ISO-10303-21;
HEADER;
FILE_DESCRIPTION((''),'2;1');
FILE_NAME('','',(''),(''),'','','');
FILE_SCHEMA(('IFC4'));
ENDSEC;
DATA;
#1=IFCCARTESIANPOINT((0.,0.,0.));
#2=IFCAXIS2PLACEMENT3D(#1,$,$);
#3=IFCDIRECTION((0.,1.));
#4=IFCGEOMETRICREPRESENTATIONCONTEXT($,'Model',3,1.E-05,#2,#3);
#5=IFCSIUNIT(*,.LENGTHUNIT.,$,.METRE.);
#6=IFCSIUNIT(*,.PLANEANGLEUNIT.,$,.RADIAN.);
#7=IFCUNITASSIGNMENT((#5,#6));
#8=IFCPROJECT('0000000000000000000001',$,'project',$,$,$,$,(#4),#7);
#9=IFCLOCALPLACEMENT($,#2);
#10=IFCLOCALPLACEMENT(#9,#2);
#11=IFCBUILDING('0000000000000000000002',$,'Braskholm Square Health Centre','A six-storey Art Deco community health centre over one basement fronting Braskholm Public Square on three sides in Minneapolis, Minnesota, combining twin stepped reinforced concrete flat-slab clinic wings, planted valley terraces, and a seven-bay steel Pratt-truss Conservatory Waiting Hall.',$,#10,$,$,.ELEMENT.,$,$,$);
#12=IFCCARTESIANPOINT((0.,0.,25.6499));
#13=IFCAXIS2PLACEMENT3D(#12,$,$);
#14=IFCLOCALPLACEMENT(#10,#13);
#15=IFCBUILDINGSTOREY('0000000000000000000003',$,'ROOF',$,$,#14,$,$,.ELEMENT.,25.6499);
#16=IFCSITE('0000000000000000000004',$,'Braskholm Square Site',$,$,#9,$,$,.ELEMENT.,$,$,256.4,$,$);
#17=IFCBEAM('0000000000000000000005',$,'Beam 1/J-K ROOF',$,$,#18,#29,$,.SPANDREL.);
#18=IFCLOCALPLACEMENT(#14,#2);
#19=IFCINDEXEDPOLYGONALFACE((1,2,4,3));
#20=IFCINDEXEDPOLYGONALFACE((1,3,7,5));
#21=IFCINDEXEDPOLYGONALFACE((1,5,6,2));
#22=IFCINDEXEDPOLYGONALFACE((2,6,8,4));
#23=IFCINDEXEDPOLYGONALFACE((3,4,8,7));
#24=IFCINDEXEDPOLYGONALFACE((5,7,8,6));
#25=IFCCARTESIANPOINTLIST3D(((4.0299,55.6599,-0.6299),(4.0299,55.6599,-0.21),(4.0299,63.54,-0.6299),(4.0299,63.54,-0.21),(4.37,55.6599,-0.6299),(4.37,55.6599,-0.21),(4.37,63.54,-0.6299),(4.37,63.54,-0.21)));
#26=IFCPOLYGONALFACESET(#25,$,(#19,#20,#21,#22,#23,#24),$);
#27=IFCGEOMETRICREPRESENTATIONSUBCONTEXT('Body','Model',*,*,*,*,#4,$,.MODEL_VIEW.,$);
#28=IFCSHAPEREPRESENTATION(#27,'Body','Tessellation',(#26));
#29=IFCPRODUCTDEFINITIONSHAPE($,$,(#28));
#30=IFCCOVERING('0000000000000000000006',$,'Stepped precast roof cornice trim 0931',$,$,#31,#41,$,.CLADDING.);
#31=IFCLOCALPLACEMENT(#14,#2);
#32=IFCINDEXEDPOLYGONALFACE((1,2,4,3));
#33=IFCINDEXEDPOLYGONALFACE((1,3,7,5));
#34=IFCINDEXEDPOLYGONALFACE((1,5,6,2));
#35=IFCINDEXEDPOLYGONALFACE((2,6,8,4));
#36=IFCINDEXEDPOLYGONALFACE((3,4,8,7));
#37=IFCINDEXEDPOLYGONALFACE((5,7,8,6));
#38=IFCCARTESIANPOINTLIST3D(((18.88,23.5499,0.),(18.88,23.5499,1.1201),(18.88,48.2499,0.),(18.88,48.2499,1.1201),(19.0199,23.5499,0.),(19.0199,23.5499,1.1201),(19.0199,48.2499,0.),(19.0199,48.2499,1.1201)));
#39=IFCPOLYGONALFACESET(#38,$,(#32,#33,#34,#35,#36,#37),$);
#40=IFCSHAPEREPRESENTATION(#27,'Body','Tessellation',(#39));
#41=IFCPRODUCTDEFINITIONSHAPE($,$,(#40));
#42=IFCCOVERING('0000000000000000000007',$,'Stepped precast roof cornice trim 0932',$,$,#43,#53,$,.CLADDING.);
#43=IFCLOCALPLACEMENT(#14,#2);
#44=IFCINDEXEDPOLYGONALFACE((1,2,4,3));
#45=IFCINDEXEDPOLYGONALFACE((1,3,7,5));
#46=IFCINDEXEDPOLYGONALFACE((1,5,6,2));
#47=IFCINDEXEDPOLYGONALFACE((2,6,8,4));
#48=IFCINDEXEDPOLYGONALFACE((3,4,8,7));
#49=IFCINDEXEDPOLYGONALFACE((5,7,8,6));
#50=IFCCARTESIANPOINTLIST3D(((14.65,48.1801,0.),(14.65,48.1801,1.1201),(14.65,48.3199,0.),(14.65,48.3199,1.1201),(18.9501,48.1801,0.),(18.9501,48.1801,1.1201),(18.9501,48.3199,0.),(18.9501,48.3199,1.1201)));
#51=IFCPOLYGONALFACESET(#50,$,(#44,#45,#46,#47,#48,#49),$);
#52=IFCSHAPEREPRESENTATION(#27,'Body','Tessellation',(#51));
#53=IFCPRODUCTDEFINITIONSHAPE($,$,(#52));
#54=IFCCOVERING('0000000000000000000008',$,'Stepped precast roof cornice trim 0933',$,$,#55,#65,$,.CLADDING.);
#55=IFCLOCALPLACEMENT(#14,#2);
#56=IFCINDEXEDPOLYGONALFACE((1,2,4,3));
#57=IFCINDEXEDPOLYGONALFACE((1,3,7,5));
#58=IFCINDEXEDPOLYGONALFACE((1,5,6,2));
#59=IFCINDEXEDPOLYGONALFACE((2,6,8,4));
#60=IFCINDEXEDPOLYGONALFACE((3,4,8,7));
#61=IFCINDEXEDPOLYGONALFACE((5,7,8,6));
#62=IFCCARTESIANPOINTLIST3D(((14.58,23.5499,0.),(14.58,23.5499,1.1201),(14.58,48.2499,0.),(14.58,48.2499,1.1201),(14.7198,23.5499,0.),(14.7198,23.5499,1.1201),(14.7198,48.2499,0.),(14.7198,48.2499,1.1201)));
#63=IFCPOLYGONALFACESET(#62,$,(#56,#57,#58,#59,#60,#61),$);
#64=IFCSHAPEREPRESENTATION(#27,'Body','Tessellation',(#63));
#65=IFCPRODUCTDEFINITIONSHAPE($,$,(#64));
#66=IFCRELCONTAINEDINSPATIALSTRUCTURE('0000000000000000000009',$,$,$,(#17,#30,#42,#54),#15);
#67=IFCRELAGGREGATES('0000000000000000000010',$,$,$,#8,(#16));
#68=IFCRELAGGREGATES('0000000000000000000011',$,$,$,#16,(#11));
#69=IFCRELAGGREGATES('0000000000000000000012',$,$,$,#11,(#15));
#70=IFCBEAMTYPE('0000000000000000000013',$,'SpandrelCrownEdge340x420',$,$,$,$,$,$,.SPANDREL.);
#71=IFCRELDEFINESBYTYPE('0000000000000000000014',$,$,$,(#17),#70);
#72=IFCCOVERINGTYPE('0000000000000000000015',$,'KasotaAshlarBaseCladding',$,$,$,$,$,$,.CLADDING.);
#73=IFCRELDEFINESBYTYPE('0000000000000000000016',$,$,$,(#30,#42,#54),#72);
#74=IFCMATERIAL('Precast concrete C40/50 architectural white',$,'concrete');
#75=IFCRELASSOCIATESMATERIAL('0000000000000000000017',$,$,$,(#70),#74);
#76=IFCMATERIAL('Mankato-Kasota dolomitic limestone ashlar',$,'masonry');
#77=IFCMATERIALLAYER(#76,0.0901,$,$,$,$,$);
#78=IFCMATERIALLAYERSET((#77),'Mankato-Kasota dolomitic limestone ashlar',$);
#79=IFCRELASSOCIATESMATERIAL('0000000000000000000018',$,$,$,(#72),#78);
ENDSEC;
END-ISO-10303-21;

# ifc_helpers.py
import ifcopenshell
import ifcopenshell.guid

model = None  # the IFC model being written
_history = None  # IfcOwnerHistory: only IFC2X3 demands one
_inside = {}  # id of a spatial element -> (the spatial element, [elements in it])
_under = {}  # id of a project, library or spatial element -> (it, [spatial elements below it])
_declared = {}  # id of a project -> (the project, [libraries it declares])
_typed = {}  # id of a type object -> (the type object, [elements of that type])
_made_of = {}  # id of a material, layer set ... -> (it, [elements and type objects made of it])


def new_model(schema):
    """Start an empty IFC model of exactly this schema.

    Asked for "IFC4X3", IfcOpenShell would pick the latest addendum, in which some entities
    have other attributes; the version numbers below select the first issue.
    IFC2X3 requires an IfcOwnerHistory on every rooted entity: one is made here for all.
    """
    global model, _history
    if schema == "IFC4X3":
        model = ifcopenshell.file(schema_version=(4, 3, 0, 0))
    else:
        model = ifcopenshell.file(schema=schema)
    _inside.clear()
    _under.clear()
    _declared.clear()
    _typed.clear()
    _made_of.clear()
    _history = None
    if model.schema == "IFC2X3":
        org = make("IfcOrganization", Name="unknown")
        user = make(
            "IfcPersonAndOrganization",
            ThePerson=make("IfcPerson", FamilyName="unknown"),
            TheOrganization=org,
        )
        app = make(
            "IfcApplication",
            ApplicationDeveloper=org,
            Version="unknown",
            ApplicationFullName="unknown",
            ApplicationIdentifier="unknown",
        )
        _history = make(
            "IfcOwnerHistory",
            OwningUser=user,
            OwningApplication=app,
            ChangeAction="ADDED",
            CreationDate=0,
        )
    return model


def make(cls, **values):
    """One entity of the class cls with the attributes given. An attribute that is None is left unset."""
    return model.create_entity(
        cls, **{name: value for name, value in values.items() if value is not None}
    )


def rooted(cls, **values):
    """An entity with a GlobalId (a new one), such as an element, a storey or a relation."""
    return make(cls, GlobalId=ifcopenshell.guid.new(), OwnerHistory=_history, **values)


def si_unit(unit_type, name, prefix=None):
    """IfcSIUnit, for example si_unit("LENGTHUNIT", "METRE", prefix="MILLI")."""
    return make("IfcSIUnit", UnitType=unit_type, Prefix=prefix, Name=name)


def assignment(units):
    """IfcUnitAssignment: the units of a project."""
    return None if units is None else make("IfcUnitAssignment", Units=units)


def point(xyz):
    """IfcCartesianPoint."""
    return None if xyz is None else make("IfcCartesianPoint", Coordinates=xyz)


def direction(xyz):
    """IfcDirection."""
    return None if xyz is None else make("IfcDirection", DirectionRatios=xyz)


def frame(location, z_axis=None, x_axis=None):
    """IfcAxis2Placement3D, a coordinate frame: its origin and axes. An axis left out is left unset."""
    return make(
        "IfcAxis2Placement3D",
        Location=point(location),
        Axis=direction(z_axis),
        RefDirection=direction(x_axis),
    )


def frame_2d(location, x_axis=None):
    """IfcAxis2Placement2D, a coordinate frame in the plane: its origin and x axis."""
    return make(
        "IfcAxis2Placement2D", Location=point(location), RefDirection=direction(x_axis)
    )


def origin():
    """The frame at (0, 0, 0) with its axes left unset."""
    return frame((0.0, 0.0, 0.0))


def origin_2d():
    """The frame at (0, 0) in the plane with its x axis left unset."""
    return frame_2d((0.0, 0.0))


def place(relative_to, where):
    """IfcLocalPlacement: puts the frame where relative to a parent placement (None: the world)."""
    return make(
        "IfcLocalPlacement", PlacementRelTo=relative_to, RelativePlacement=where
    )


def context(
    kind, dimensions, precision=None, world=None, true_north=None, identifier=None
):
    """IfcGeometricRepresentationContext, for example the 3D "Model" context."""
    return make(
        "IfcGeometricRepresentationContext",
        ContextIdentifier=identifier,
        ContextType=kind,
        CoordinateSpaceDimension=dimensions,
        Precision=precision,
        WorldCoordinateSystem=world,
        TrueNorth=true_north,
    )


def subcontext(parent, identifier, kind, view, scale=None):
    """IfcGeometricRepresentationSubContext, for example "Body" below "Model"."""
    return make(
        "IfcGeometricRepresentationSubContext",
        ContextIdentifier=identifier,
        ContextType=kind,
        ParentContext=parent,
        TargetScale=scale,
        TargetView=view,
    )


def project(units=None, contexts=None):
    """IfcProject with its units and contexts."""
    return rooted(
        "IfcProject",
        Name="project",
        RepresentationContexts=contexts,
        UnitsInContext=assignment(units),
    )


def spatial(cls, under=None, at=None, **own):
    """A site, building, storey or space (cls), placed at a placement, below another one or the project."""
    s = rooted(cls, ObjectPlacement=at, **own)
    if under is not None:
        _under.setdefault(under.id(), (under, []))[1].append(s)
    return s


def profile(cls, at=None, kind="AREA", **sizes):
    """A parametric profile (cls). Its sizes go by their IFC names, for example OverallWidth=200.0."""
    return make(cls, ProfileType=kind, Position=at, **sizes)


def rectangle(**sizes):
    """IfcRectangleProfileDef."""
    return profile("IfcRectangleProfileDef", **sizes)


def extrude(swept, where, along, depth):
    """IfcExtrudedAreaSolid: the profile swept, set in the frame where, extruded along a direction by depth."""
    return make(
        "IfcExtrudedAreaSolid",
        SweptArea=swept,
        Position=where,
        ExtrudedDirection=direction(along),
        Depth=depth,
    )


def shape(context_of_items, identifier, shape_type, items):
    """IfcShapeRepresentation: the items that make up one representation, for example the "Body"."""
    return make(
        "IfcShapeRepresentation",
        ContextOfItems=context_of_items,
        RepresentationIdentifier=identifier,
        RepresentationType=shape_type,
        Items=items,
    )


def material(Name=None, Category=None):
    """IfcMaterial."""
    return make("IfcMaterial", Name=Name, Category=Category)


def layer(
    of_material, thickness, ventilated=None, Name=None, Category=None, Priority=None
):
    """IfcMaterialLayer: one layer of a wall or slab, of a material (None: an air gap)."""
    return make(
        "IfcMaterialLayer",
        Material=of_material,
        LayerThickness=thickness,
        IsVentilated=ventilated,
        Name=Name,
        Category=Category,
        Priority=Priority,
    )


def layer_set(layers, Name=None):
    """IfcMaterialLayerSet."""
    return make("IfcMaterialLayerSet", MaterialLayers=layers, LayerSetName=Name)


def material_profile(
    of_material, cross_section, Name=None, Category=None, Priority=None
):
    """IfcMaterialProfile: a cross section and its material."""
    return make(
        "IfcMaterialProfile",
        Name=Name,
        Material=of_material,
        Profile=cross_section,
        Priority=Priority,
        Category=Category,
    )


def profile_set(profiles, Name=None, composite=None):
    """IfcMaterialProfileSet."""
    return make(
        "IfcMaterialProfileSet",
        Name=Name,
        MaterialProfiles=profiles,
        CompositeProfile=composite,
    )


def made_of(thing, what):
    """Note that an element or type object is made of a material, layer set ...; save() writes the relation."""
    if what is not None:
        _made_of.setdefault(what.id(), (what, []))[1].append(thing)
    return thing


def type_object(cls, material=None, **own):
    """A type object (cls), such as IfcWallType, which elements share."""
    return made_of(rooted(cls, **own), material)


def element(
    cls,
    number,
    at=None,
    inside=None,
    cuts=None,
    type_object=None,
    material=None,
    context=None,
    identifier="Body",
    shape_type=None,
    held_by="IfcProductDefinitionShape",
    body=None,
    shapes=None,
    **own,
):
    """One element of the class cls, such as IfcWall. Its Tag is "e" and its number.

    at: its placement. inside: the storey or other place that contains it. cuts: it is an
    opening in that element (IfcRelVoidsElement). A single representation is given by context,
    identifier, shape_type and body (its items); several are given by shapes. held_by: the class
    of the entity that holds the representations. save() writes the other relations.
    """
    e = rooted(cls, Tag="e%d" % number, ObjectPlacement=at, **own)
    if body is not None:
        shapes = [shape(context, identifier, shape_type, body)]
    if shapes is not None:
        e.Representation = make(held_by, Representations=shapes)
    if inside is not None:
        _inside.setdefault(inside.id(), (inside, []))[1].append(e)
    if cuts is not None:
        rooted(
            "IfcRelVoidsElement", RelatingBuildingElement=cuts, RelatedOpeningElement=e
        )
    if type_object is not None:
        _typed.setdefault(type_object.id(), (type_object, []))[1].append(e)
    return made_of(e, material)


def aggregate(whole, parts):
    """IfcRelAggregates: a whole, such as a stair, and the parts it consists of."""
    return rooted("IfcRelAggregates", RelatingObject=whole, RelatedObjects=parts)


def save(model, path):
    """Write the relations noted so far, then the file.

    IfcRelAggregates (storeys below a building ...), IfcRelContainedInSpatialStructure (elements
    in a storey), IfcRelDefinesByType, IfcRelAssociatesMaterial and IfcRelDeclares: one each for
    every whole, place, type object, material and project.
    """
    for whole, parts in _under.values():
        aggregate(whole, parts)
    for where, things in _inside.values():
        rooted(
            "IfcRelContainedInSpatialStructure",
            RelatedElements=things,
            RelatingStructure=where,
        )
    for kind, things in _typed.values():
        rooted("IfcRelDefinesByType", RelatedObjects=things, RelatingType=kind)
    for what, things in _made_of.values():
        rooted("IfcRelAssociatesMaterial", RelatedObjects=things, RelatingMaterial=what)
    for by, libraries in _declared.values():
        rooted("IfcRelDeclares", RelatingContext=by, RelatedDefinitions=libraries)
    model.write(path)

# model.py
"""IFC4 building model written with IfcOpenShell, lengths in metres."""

from ifc_helpers import new_model, si_unit, direction, frame, origin, origin_2d, place, context, subcontext, project, spatial, rectangle, extrude, material, layer, layer_set, material_profile, profile_set, type_object, element, save


model = new_model("IFC4")

# Units and contexts
model_context = context("Model", 3, precision=1e-05, world=origin(), true_north=direction((0.0, 1.0)))
body_context = subcontext(model_context, "Body", "Model", "MODEL_VIEW")
ifc_project = project(units=[si_unit("LENGTHUNIT", "METRE"), si_unit("PLANEANGLEUNIT", "RADIAN")], contexts=[model_context])

# Site, building, storey
site_placement = place(None, origin())
site = spatial("IfcSite", under=ifc_project, at=site_placement, Name="Braskholm Square Site", CompositionType="ELEMENT", RefElevation=256.4)
building_placement = place(site_placement, origin())
building = spatial("IfcBuilding", under=site, at=building_placement, Name="Braskholm Square Health Centre", Description="A six-storey Art Deco community health centre over one basement fronting Braskholm Public Square on three sides in Minneapolis, Minnesota, combining twin stepped reinforced concrete flat-slab clinic wings, planted valley terraces, and a seven-bay steel Pratt-truss Conservatory Waiting Hall.", CompositionType="ELEMENT")
storey_placement = place(building_placement, frame((0.0, 0.0, 25.6499)))
storey = spatial("IfcBuildingStorey", under=building, at=storey_placement, Name="ROOF", CompositionType="ELEMENT", Elevation=25.6499)

# Beam
ifc_material_1 = material(Name="Precast concrete C40/50 architectural white", Category="concrete")
ifc_material_profile_1 = material_profile(ifc_material_1, rectangle(XDim=0.3401, YDim=0.4199, at=origin_2d()), Name="RCB-340X420")
ifc_profile_set_1 = profile_set([ifc_material_profile_1], Name="Precast concrete C40/50 architectural white")
beam_type_1 = type_object("IfcBeamType", Name="SpandrelCrownEdge340x420", PredefinedType="SPANDREL", material=ifc_profile_set_1)
beam_1_placement = place(storey_placement, frame((4.2, 55.6599, -0.4199), z_axis=(0.0, 1.0, 0.0), x_axis=(-1.0, 0.0, 0.0)))
element("IfcBeam", 1, at=beam_1_placement, inside=storey, type_object=beam_type_1, Name="Beam 1/J-K ROOF", PredefinedType="SPANDREL", context=body_context, shape_type="SweptSolid", body=[
    extrude(rectangle(XDim=0.3401, YDim=0.4199, at=origin_2d()), origin(), (0.0, 0.0, 1.0), 7.8801),
])

# Coverings
ifc_material_2 = material(Name="Mankato-Kasota dolomitic limestone ashlar", Category="masonry")
ifc_layer = layer(ifc_material_2, 0.0901)
ifc_layer_set = layer_set([ifc_layer], Name="Mankato-Kasota dolomitic limestone ashlar")
covering_type = type_object("IfcCoveringType", Name="KasotaAshlarBaseCladding", PredefinedType="CLADDING", material=ifc_layer_set)
covering_1_placement = place(storey_placement, frame((18.95, 35.8999, 0.0), z_axis=(0.0, 0.0, 1.0), x_axis=(0.0, 1.0, 0.0)))
element("IfcCovering", 2, at=covering_1_placement, inside=storey, type_object=covering_type, Name="Stepped precast roof cornice trim 0931", PredefinedType="CLADDING", context=body_context, shape_type="SweptSolid", body=[
    extrude(rectangle(XDim=24.7, YDim=0.1399, at=origin_2d()), origin(), (0.0, 0.0, 1.0), 1.1201),
])
covering_2_placement = place(storey_placement, frame((16.8, 48.25, 0.0), z_axis=(0.0, 0.0, 1.0), x_axis=(-1.0, 0.0, 0.0)))
element("IfcCovering", 3, at=covering_2_placement, inside=storey, type_object=covering_type, Name="Stepped precast roof cornice trim 0932", PredefinedType="CLADDING", context=body_context, shape_type="SweptSolid", body=[
    extrude(rectangle(XDim=4.3, YDim=0.1399, at=origin_2d()), origin(), (0.0, 0.0, 1.0), 1.1201),
])
covering_3_placement = place(storey_placement, frame((14.6499, 35.8999, 0.0), z_axis=(0.0, 0.0, 1.0), x_axis=(0.0, -1.0, 0.0)))
element("IfcCovering", 4, at=covering_3_placement, inside=storey, type_object=covering_type, Name="Stepped precast roof cornice trim 0933", PredefinedType="CLADDING", context=body_context, shape_type="SweptSolid", body=[
    extrude(rectangle(XDim=24.7, YDim=0.1399, at=origin_2d()), origin(), (0.0, 0.0, 1.0), 1.1201),
])

save(model, "model.ifc")
